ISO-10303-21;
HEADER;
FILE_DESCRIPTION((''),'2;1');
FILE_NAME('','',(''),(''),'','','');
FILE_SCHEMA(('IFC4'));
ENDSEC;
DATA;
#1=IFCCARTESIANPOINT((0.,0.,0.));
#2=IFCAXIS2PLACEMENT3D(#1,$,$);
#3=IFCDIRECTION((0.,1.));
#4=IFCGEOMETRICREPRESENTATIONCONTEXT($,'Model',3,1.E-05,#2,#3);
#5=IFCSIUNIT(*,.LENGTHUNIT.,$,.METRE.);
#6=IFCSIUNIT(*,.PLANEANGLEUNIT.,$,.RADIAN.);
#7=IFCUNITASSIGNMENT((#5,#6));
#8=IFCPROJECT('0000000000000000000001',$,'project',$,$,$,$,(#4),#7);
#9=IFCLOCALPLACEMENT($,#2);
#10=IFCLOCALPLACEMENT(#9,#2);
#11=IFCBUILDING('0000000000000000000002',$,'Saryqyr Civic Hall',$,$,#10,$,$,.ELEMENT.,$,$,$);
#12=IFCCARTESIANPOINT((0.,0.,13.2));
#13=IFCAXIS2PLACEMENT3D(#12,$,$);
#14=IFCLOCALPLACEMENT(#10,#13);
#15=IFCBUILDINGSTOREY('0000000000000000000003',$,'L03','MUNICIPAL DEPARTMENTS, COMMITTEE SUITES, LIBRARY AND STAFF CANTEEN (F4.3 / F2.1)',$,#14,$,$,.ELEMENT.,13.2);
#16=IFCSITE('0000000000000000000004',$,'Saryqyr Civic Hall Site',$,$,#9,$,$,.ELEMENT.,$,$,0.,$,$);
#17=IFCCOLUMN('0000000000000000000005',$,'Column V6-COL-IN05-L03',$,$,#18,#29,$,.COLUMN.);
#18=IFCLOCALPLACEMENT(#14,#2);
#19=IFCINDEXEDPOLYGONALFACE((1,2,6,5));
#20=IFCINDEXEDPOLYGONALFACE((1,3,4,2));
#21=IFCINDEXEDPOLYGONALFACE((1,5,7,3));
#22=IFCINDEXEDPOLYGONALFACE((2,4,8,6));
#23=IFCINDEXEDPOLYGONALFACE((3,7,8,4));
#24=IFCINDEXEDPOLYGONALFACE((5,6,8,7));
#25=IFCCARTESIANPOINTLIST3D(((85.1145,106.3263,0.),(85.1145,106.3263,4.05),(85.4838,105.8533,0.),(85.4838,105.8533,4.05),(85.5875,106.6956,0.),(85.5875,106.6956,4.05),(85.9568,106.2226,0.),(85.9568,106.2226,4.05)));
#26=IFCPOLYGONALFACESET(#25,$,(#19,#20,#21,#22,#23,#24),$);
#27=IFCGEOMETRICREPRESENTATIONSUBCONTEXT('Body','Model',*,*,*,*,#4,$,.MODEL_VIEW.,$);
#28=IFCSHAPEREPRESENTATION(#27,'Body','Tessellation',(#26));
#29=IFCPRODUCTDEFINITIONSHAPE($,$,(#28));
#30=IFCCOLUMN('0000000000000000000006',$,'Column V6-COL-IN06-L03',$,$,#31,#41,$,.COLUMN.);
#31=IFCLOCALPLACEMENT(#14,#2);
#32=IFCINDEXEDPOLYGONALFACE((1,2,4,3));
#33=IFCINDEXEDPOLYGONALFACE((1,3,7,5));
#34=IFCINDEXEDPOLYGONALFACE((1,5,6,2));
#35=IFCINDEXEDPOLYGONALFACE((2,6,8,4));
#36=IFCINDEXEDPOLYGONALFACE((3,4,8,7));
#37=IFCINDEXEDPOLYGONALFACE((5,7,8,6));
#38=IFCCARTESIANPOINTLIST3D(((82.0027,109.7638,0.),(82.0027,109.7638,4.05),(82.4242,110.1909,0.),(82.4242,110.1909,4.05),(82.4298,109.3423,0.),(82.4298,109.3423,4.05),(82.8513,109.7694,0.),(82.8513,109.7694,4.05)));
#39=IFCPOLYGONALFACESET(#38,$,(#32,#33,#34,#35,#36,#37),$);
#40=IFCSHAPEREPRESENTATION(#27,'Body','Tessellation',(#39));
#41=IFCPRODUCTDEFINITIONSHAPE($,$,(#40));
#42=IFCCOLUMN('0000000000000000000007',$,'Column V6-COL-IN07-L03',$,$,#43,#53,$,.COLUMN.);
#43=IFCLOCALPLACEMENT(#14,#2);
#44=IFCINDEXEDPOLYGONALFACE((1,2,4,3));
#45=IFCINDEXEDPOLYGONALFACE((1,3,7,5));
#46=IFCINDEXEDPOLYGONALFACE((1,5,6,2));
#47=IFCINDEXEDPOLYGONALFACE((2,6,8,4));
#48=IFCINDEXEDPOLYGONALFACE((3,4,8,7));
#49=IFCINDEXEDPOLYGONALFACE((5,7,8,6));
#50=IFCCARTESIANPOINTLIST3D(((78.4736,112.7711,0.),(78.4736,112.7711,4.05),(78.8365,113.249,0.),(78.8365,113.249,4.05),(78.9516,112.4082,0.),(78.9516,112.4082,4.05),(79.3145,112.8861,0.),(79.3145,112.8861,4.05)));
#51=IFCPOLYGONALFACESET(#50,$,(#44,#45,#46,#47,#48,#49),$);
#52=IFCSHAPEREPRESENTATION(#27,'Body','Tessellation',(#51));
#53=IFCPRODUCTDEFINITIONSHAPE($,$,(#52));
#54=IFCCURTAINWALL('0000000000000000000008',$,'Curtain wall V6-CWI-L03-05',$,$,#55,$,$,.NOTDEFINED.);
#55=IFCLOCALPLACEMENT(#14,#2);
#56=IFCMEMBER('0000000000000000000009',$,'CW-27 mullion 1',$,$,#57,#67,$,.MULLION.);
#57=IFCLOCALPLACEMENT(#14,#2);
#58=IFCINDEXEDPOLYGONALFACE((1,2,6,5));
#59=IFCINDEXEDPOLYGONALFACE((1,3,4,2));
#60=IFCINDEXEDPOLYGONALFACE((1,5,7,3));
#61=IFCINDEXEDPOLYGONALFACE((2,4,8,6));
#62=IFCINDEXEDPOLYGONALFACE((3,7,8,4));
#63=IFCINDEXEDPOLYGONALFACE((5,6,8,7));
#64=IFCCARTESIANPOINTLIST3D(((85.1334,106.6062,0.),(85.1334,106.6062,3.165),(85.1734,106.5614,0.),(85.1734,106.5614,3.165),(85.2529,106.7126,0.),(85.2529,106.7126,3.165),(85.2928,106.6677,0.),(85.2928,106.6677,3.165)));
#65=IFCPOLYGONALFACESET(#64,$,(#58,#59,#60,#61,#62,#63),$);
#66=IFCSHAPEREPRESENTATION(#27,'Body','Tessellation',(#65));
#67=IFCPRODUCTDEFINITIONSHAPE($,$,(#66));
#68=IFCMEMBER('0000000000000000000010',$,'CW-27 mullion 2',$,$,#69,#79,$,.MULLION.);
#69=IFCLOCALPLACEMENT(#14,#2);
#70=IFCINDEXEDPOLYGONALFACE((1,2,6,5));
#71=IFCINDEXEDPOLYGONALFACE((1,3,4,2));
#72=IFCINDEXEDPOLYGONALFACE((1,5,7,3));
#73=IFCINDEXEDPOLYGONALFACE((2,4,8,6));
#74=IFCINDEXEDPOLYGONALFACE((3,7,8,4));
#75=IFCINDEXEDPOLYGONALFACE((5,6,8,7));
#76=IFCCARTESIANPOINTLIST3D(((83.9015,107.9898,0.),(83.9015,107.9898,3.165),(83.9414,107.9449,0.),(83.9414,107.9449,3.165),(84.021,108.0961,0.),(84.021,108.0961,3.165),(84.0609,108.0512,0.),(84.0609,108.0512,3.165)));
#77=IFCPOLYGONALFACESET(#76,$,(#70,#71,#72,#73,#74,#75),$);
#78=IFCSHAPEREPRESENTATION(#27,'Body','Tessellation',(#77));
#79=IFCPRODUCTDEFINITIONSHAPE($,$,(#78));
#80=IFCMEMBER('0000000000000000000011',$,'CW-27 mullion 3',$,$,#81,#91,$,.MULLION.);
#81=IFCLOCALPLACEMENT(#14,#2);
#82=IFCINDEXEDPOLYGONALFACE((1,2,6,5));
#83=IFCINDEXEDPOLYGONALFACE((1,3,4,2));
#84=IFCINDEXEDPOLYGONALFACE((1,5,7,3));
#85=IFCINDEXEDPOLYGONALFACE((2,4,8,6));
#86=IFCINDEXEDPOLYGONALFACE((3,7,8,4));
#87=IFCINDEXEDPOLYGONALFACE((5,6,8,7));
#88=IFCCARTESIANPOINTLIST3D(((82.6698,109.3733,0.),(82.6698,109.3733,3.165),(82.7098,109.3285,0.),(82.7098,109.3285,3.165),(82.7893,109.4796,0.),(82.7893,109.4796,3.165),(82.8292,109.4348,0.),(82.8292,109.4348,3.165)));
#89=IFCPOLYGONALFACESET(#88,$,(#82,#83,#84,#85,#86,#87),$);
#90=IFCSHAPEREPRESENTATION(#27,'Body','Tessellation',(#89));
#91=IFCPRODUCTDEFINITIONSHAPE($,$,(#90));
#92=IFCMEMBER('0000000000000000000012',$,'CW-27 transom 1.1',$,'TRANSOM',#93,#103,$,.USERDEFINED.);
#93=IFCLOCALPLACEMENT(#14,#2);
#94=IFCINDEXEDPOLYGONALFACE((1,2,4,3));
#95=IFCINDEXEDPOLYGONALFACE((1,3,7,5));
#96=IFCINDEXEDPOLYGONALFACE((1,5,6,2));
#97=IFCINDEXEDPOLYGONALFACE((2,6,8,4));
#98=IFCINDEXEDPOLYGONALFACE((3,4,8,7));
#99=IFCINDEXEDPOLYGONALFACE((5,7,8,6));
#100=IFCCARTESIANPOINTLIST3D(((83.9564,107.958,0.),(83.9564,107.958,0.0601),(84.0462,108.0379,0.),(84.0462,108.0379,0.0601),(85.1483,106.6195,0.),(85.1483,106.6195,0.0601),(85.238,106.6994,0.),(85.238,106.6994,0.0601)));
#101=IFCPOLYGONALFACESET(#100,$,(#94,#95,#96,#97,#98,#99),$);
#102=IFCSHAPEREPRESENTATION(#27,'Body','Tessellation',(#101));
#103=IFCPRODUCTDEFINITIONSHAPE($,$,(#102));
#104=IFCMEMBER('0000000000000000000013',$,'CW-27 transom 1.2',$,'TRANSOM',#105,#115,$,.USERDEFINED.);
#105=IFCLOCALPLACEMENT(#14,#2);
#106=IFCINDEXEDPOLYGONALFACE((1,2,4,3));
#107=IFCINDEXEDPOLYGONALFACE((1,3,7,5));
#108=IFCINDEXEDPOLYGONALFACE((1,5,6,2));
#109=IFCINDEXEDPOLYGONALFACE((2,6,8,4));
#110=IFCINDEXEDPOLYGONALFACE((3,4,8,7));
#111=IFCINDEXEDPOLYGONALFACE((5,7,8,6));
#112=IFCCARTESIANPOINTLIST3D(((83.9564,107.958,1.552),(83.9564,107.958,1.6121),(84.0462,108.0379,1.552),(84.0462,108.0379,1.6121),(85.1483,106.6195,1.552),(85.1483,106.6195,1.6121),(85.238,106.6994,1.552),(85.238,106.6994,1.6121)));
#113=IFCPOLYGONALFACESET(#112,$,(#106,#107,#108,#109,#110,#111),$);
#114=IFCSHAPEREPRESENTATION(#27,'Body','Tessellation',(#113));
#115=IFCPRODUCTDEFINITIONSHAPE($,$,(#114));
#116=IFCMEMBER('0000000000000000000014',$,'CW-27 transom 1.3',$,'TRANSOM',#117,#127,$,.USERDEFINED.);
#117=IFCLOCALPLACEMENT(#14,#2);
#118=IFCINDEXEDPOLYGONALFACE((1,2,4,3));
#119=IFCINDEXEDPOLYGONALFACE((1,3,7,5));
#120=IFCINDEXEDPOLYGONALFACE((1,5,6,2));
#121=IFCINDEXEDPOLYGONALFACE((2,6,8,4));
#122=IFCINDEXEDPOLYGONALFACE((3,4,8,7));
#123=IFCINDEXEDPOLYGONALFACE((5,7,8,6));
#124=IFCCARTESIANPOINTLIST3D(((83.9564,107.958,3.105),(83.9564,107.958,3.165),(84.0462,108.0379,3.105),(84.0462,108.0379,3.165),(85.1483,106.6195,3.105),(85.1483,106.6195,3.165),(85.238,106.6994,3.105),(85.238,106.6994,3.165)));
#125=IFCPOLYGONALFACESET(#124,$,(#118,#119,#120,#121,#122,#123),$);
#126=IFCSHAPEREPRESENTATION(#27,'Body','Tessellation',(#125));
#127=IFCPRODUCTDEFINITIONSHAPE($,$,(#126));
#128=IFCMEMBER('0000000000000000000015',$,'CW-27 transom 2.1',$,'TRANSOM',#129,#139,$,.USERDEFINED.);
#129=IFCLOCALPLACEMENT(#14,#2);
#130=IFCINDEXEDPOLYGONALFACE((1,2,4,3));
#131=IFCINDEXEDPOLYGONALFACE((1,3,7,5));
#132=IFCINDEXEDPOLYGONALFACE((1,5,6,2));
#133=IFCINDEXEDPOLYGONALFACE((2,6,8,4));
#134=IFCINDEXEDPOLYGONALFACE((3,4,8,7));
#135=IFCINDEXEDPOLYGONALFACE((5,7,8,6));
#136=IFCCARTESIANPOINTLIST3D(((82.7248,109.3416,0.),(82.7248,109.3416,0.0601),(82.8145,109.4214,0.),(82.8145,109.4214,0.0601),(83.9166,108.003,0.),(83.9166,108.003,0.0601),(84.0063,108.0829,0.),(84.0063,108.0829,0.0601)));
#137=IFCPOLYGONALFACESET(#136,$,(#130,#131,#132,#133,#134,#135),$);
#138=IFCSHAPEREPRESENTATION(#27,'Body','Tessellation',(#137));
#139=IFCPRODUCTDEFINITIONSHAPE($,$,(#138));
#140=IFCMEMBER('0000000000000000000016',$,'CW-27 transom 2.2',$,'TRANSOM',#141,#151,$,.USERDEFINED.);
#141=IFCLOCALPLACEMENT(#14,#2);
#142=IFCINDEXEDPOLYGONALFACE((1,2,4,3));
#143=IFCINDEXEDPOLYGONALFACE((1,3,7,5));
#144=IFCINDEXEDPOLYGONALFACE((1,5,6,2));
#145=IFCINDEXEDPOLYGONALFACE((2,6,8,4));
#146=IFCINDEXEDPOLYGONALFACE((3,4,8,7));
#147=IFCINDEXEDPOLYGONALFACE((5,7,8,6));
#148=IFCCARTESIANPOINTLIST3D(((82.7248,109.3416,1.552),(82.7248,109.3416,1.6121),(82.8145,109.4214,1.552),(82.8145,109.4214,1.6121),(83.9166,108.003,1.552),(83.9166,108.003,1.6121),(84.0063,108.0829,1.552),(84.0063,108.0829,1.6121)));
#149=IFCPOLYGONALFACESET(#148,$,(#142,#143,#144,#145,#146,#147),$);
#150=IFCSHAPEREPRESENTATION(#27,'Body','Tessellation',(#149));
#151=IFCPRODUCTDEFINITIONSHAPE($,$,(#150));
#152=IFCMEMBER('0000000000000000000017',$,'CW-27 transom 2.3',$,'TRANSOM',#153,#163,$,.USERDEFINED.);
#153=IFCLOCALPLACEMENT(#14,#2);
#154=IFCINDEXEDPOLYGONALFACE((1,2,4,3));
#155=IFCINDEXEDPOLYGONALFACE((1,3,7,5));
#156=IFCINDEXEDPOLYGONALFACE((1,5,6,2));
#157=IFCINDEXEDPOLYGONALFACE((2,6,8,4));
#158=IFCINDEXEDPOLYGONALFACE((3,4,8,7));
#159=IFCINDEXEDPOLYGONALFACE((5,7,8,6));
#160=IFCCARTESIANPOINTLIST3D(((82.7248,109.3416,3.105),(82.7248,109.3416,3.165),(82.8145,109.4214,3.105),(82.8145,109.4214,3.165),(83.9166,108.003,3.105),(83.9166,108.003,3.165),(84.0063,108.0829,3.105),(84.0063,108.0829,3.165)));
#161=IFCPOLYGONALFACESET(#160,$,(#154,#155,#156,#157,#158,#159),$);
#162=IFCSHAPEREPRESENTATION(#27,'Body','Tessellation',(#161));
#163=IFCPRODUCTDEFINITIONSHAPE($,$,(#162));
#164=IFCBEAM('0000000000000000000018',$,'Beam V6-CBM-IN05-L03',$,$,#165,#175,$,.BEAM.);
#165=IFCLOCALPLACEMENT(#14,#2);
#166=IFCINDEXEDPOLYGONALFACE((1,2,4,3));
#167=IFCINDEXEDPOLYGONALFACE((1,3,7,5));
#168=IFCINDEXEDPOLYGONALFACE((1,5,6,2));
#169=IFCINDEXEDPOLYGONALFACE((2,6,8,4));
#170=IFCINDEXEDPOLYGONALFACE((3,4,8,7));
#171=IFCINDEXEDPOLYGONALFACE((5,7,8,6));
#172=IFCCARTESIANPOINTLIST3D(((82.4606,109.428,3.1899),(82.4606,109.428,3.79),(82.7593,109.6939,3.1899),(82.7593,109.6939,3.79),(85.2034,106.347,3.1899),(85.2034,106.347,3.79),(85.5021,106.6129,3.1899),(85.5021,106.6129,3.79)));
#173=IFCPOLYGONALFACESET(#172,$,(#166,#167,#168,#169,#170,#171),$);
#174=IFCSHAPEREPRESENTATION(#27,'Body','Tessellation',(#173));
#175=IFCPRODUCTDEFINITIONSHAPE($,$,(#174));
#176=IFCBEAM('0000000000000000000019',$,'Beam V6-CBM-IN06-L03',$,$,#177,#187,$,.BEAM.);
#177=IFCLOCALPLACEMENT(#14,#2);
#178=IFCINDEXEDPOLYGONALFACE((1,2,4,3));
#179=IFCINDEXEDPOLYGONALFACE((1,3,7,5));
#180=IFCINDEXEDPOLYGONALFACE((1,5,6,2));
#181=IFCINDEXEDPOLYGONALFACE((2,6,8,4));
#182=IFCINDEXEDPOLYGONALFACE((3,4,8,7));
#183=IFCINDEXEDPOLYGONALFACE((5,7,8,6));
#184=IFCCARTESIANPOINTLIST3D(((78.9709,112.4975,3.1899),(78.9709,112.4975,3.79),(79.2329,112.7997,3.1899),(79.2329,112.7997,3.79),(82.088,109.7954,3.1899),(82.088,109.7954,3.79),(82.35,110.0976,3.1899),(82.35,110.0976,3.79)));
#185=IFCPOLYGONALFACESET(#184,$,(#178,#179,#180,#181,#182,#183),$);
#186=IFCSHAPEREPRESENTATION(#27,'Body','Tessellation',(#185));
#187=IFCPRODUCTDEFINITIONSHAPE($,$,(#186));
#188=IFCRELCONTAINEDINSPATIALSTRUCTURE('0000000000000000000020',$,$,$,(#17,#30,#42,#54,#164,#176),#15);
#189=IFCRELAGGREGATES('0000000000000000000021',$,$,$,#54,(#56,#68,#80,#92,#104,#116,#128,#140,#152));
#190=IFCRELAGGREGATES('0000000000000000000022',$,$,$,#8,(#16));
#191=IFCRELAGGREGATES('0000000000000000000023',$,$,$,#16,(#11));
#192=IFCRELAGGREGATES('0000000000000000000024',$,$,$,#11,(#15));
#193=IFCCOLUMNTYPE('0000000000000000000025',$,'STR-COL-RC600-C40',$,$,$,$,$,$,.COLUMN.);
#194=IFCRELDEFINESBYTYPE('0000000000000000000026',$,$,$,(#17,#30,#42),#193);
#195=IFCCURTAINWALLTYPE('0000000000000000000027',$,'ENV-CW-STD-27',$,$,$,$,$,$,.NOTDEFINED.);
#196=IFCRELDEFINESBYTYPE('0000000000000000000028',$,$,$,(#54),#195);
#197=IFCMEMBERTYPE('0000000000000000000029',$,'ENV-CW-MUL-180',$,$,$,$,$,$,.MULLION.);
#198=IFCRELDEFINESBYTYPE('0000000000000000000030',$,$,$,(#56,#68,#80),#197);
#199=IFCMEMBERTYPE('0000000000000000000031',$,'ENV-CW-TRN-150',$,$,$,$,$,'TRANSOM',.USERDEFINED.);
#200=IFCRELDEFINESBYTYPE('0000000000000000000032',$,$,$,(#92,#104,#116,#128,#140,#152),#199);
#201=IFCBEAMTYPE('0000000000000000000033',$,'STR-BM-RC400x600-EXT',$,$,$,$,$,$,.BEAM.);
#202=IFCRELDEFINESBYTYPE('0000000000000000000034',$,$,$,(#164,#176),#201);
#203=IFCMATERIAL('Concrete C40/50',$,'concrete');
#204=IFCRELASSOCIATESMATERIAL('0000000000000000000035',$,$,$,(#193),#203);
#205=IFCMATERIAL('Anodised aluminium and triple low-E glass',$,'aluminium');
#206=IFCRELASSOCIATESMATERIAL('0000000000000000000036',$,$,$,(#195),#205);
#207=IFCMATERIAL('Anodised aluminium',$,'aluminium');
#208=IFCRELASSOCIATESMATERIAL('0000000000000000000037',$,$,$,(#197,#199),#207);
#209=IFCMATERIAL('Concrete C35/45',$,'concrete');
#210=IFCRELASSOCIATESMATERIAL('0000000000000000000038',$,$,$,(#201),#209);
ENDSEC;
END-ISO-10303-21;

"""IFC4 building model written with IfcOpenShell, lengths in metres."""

from ifc_helpers import new_model, si_unit, direction, frame, origin, origin_2d, place, context, subcontext, project, spatial, rectangle, extrude, material, material_profile, profile_set, type_object, element, aggregate, save


model = new_model("IFC4")

# Units and contexts
model_context = context("Model", 3, precision=1e-05, world=origin(), true_north=direction((0.0, 1.0)))
body_context = subcontext(model_context, "Body", "Model", "MODEL_VIEW")
ifc_project = project(units=[si_unit("LENGTHUNIT", "METRE"), si_unit("PLANEANGLEUNIT", "RADIAN")], contexts=[model_context])

# Site, building, storey
site_placement = place(None, origin())
site = spatial("IfcSite", under=ifc_project, at=site_placement, Name="Saryqyr Civic Hall Site", CompositionType="ELEMENT", RefElevation=0.0)
building_placement = place(site_placement, origin())
building = spatial("IfcBuilding", under=site, at=building_placement, Name="Saryqyr Civic Hall", CompositionType="ELEMENT")
storey_placement = place(building_placement, frame((0.0, 0.0, 13.2)))
storey = spatial("IfcBuildingStorey", under=building, at=storey_placement, Name="L03", Description="MUNICIPAL DEPARTMENTS, COMMITTEE SUITES, LIBRARY AND STAFF CANTEEN (F4.3 / F2.1)", CompositionType="ELEMENT", Elevation=13.2)

# Columns
ifc_material_1 = material(Name="Concrete C40/50", Category="concrete")
ifc_material_profile_1 = material_profile(ifc_material_1, rectangle(XDim=0.6001, YDim=0.6001, at=origin_2d()), Name="RC 600x600")
ifc_profile_set_1 = profile_set([ifc_material_profile_1], Name="Concrete C40/50")
column_type = type_object("IfcColumnType", Name="STR-COL-RC600-C40", PredefinedType="COLUMN", material=ifc_profile_set_1)
for number, where, z_axis, x_axis, name in (
    (1, (85.5356, 106.2744, 0.0), (0.0, 0.0, 1.0), (0.788226, 0.615386, 0.0), "Column V6-COL-IN05-L03"),
    (2, (82.427, 109.7666, 0.0), (0.0, 0.0, 1.0), (0.702402, 0.711781, 0.0), "Column V6-COL-IN06-L03"),
    (3, (78.894, 112.8286, 0.0), (0.0, 0.0, 1.0), (0.604738, 0.796424, 0.0), "Column V6-COL-IN07-L03"),
):
    element("IfcColumn", number, at=place(storey_placement, frame(where, z_axis=z_axis, x_axis=x_axis)), inside=storey, type_object=column_type, Name=name, PredefinedType="COLUMN", context=body_context, shape_type="SweptSolid", body=[
        extrude(rectangle(XDim=0.6001, YDim=0.6001, at=origin_2d()), origin(), (0.0, 0.0, 1.0), 4.05),
    ])

# Curtain wall, members
ifc_material_2 = material(Name="Anodised aluminium and triple low-E glass", Category="aluminium")
curtain_wall_type = type_object("IfcCurtainWallType", Name="ENV-CW-STD-27", PredefinedType="NOTDEFINED", material=ifc_material_2)
curtain_wall_placement = place(storey_placement, origin())
curtain_wall = element("IfcCurtainWall", 4, at=curtain_wall_placement, inside=storey, type_object=curtain_wall_type, Name="Curtain wall V6-CWI-L03-05", PredefinedType="NOTDEFINED")
ifc_material_3 = material(Name="Anodised aluminium", Category="aluminium")
ifc_material_profile_2 = material_profile(ifc_material_3, rectangle(XDim=0.0601, YDim=0.1599, at=origin_2d()), Name="ALU MULLION 60x160")
ifc_profile_set_2 = profile_set([ifc_material_profile_2], Name="Anodised aluminium")
member_type_1 = type_object("IfcMemberType", Name="ENV-CW-MUL-180", PredefinedType="MULLION", material=ifc_profile_set_2)
member_1_placement = place(storey_placement, frame((85.2131, 106.637, 0.0), z_axis=(0.0, 0.0, 1.0), x_axis=(-0.664934, 0.746902, 0.0)))
member_1 = element("IfcMember", 5, at=member_1_placement, type_object=member_type_1, Name="CW-27 mullion 1", PredefinedType="MULLION", context=body_context, shape_type="SweptSolid", body=[
    extrude(rectangle(XDim=0.0601, YDim=0.1599, at=origin_2d()), origin(), (0.0, 0.0, 1.0), 3.165),
])
member_2_placement = place(storey_placement, frame((83.9812, 108.0205, 0.0), z_axis=(0.0, 0.0, 1.0), x_axis=(-0.664934, 0.746902, 0.0)))
member_2 = element("IfcMember", 6, at=member_2_placement, type_object=member_type_1, Name="CW-27 mullion 2", PredefinedType="MULLION", context=body_context, shape_type="SweptSolid", body=[
    extrude(rectangle(XDim=0.0601, YDim=0.1599, at=origin_2d()), origin(), (0.0, 0.0, 1.0), 3.165),
])
member_3_placement = place(storey_placement, frame((82.7495, 109.4041, 0.0), z_axis=(0.0, 0.0, 1.0), x_axis=(-0.664934, 0.746902, 0.0)))
member_3 = element("IfcMember", 7, at=member_3_placement, type_object=member_type_1, Name="CW-27 mullion 3", PredefinedType="MULLION", context=body_context, shape_type="SweptSolid", body=[
    extrude(rectangle(XDim=0.0601, YDim=0.1599, at=origin_2d()), origin(), (0.0, 0.0, 1.0), 3.165),
])
ifc_material_profile_3 = material_profile(ifc_material_3, rectangle(XDim=0.1201, YDim=0.0601, at=origin_2d()), Name="ALU TRANSOM 120x60")
ifc_profile_set_3 = profile_set([ifc_material_profile_3], Name="Anodised aluminium")
member_type_2 = type_object("IfcMemberType", Name="ENV-CW-TRN-150", ElementType="TRANSOM", PredefinedType="USERDEFINED", material=ifc_profile_set_3)
member_4_placement = place(storey_placement, frame((85.1931, 106.6594, 0.03), z_axis=(-0.664989, 0.746853, 0.0), x_axis=(-0.746853, -0.664989, 0.0)))
member_4 = element("IfcMember", 8, at=member_4_placement, type_object=member_type_2, Name="CW-27 transom 1.1", ObjectType="TRANSOM", PredefinedType="USERDEFINED", context=body_context, shape_type="SweptSolid", body=[
    extrude(rectangle(XDim=0.1201, YDim=0.0601, at=origin_2d()), origin(), (0.0, 0.0, 1.0), 1.7922),
])
member_5_placement = place(storey_placement, frame((85.1931, 106.6594, 1.582), z_axis=(-0.664989, 0.746853, 0.0), x_axis=(-0.746853, -0.664989, 0.0)))
member_5 = element("IfcMember", 9, at=member_5_placement, type_object=member_type_2, Name="CW-27 transom 1.2", ObjectType="TRANSOM", PredefinedType="USERDEFINED", context=body_context, shape_type="SweptSolid", body=[
    extrude(rectangle(XDim=0.1201, YDim=0.0601, at=origin_2d()), origin(), (0.0, 0.0, 1.0), 1.7922),
])
member_6_placement = place(storey_placement, frame((85.1931, 106.6594, 3.135), z_axis=(-0.664989, 0.746853, 0.0), x_axis=(-0.746853, -0.664989, 0.0)))
member_6 = element("IfcMember", 10, at=member_6_placement, type_object=member_type_2, Name="CW-27 transom 1.3", ObjectType="TRANSOM", PredefinedType="USERDEFINED", context=body_context, shape_type="SweptSolid", body=[
    extrude(rectangle(XDim=0.1201, YDim=0.0601, at=origin_2d()), origin(), (0.0, 0.0, 1.0), 1.7922),
])
member_7_placement = place(storey_placement, frame((83.9614, 108.043, 0.03), z_axis=(-0.664989, 0.746853, 0.0), x_axis=(-0.746853, -0.664989, 0.0)))
member_7 = element("IfcMember", 11, at=member_7_placement, type_object=member_type_2, Name="CW-27 transom 2.1", ObjectType="TRANSOM", PredefinedType="USERDEFINED", context=body_context, shape_type="SweptSolid", body=[
    extrude(rectangle(XDim=0.1201, YDim=0.0601, at=origin_2d()), origin(), (0.0, 0.0, 1.0), 1.7922),
])
member_8_placement = place(storey_placement, frame((83.9614, 108.043, 1.582), z_axis=(-0.664989, 0.746853, 0.0), x_axis=(-0.746853, -0.664989, 0.0)))
member_8 = element("IfcMember", 12, at=member_8_placement, type_object=member_type_2, Name="CW-27 transom 2.2", ObjectType="TRANSOM", PredefinedType="USERDEFINED", context=body_context, shape_type="SweptSolid", body=[
    extrude(rectangle(XDim=0.1201, YDim=0.0601, at=origin_2d()), origin(), (0.0, 0.0, 1.0), 1.7922),
])
member_9_placement = place(storey_placement, frame((83.9614, 108.043, 3.135), z_axis=(-0.664989, 0.746853, 0.0), x_axis=(-0.746853, -0.664989, 0.0)))
member_9 = element("IfcMember", 13, at=member_9_placement, type_object=member_type_2, Name="CW-27 transom 2.3", ObjectType="TRANSOM", PredefinedType="USERDEFINED", context=body_context, shape_type="SweptSolid", body=[
    extrude(rectangle(XDim=0.1201, YDim=0.0601, at=origin_2d()), origin(), (0.0, 0.0, 1.0), 1.7922),
])

# Beams
ifc_material_4 = material(Name="Concrete C35/45", Category="concrete")
ifc_material_profile_4 = material_profile(ifc_material_4, rectangle(XDim=0.3999, YDim=0.6001, at=origin_2d()), Name="RC 400x600")
ifc_profile_set_4 = profile_set([ifc_material_profile_4], Name="Concrete C35/45")
beam_type_1 = type_object("IfcBeamType", Name="STR-BM-RC400x600-EXT", PredefinedType="BEAM", material=ifc_profile_set_4)
beam_1_placement = place(storey_placement, frame((85.3528, 106.48, 3.49), z_axis=(-0.664933, 0.746903, 0.0), x_axis=(-0.746903, -0.664933, 0.0)))
element("IfcBeam", 14, at=beam_1_placement, inside=storey, type_object=beam_type_1, Name="Beam V6-CBM-IN05-L03", PredefinedType="BEAM", context=body_context, shape_type="SweptSolid", body=[
    extrude(rectangle(XDim=0.3999, YDim=0.6001, at=origin_2d()), origin(), (0.0, 0.0, 1.0), 4.125),
])
beam_2_placement = place(storey_placement, frame((82.219, 109.9465, 3.49), z_axis=(-0.755619, 0.655012, 0.0), x_axis=(-0.655012, -0.755619, 0.0)))
element("IfcBeam", 15, at=beam_2_placement, inside=storey, type_object=beam_type_1, Name="Beam V6-CBM-IN06-L03", PredefinedType="BEAM", context=body_context, shape_type="SweptSolid", body=[
    extrude(rectangle(XDim=0.3999, YDim=0.6001, at=origin_2d()), origin(), (0.0, 0.0, 1.0), 4.1252),
])

aggregate(curtain_wall, [member_1, member_2, member_3, member_4, member_5, member_6, member_7, member_8, member_9])

save(model, "model.ifc")
